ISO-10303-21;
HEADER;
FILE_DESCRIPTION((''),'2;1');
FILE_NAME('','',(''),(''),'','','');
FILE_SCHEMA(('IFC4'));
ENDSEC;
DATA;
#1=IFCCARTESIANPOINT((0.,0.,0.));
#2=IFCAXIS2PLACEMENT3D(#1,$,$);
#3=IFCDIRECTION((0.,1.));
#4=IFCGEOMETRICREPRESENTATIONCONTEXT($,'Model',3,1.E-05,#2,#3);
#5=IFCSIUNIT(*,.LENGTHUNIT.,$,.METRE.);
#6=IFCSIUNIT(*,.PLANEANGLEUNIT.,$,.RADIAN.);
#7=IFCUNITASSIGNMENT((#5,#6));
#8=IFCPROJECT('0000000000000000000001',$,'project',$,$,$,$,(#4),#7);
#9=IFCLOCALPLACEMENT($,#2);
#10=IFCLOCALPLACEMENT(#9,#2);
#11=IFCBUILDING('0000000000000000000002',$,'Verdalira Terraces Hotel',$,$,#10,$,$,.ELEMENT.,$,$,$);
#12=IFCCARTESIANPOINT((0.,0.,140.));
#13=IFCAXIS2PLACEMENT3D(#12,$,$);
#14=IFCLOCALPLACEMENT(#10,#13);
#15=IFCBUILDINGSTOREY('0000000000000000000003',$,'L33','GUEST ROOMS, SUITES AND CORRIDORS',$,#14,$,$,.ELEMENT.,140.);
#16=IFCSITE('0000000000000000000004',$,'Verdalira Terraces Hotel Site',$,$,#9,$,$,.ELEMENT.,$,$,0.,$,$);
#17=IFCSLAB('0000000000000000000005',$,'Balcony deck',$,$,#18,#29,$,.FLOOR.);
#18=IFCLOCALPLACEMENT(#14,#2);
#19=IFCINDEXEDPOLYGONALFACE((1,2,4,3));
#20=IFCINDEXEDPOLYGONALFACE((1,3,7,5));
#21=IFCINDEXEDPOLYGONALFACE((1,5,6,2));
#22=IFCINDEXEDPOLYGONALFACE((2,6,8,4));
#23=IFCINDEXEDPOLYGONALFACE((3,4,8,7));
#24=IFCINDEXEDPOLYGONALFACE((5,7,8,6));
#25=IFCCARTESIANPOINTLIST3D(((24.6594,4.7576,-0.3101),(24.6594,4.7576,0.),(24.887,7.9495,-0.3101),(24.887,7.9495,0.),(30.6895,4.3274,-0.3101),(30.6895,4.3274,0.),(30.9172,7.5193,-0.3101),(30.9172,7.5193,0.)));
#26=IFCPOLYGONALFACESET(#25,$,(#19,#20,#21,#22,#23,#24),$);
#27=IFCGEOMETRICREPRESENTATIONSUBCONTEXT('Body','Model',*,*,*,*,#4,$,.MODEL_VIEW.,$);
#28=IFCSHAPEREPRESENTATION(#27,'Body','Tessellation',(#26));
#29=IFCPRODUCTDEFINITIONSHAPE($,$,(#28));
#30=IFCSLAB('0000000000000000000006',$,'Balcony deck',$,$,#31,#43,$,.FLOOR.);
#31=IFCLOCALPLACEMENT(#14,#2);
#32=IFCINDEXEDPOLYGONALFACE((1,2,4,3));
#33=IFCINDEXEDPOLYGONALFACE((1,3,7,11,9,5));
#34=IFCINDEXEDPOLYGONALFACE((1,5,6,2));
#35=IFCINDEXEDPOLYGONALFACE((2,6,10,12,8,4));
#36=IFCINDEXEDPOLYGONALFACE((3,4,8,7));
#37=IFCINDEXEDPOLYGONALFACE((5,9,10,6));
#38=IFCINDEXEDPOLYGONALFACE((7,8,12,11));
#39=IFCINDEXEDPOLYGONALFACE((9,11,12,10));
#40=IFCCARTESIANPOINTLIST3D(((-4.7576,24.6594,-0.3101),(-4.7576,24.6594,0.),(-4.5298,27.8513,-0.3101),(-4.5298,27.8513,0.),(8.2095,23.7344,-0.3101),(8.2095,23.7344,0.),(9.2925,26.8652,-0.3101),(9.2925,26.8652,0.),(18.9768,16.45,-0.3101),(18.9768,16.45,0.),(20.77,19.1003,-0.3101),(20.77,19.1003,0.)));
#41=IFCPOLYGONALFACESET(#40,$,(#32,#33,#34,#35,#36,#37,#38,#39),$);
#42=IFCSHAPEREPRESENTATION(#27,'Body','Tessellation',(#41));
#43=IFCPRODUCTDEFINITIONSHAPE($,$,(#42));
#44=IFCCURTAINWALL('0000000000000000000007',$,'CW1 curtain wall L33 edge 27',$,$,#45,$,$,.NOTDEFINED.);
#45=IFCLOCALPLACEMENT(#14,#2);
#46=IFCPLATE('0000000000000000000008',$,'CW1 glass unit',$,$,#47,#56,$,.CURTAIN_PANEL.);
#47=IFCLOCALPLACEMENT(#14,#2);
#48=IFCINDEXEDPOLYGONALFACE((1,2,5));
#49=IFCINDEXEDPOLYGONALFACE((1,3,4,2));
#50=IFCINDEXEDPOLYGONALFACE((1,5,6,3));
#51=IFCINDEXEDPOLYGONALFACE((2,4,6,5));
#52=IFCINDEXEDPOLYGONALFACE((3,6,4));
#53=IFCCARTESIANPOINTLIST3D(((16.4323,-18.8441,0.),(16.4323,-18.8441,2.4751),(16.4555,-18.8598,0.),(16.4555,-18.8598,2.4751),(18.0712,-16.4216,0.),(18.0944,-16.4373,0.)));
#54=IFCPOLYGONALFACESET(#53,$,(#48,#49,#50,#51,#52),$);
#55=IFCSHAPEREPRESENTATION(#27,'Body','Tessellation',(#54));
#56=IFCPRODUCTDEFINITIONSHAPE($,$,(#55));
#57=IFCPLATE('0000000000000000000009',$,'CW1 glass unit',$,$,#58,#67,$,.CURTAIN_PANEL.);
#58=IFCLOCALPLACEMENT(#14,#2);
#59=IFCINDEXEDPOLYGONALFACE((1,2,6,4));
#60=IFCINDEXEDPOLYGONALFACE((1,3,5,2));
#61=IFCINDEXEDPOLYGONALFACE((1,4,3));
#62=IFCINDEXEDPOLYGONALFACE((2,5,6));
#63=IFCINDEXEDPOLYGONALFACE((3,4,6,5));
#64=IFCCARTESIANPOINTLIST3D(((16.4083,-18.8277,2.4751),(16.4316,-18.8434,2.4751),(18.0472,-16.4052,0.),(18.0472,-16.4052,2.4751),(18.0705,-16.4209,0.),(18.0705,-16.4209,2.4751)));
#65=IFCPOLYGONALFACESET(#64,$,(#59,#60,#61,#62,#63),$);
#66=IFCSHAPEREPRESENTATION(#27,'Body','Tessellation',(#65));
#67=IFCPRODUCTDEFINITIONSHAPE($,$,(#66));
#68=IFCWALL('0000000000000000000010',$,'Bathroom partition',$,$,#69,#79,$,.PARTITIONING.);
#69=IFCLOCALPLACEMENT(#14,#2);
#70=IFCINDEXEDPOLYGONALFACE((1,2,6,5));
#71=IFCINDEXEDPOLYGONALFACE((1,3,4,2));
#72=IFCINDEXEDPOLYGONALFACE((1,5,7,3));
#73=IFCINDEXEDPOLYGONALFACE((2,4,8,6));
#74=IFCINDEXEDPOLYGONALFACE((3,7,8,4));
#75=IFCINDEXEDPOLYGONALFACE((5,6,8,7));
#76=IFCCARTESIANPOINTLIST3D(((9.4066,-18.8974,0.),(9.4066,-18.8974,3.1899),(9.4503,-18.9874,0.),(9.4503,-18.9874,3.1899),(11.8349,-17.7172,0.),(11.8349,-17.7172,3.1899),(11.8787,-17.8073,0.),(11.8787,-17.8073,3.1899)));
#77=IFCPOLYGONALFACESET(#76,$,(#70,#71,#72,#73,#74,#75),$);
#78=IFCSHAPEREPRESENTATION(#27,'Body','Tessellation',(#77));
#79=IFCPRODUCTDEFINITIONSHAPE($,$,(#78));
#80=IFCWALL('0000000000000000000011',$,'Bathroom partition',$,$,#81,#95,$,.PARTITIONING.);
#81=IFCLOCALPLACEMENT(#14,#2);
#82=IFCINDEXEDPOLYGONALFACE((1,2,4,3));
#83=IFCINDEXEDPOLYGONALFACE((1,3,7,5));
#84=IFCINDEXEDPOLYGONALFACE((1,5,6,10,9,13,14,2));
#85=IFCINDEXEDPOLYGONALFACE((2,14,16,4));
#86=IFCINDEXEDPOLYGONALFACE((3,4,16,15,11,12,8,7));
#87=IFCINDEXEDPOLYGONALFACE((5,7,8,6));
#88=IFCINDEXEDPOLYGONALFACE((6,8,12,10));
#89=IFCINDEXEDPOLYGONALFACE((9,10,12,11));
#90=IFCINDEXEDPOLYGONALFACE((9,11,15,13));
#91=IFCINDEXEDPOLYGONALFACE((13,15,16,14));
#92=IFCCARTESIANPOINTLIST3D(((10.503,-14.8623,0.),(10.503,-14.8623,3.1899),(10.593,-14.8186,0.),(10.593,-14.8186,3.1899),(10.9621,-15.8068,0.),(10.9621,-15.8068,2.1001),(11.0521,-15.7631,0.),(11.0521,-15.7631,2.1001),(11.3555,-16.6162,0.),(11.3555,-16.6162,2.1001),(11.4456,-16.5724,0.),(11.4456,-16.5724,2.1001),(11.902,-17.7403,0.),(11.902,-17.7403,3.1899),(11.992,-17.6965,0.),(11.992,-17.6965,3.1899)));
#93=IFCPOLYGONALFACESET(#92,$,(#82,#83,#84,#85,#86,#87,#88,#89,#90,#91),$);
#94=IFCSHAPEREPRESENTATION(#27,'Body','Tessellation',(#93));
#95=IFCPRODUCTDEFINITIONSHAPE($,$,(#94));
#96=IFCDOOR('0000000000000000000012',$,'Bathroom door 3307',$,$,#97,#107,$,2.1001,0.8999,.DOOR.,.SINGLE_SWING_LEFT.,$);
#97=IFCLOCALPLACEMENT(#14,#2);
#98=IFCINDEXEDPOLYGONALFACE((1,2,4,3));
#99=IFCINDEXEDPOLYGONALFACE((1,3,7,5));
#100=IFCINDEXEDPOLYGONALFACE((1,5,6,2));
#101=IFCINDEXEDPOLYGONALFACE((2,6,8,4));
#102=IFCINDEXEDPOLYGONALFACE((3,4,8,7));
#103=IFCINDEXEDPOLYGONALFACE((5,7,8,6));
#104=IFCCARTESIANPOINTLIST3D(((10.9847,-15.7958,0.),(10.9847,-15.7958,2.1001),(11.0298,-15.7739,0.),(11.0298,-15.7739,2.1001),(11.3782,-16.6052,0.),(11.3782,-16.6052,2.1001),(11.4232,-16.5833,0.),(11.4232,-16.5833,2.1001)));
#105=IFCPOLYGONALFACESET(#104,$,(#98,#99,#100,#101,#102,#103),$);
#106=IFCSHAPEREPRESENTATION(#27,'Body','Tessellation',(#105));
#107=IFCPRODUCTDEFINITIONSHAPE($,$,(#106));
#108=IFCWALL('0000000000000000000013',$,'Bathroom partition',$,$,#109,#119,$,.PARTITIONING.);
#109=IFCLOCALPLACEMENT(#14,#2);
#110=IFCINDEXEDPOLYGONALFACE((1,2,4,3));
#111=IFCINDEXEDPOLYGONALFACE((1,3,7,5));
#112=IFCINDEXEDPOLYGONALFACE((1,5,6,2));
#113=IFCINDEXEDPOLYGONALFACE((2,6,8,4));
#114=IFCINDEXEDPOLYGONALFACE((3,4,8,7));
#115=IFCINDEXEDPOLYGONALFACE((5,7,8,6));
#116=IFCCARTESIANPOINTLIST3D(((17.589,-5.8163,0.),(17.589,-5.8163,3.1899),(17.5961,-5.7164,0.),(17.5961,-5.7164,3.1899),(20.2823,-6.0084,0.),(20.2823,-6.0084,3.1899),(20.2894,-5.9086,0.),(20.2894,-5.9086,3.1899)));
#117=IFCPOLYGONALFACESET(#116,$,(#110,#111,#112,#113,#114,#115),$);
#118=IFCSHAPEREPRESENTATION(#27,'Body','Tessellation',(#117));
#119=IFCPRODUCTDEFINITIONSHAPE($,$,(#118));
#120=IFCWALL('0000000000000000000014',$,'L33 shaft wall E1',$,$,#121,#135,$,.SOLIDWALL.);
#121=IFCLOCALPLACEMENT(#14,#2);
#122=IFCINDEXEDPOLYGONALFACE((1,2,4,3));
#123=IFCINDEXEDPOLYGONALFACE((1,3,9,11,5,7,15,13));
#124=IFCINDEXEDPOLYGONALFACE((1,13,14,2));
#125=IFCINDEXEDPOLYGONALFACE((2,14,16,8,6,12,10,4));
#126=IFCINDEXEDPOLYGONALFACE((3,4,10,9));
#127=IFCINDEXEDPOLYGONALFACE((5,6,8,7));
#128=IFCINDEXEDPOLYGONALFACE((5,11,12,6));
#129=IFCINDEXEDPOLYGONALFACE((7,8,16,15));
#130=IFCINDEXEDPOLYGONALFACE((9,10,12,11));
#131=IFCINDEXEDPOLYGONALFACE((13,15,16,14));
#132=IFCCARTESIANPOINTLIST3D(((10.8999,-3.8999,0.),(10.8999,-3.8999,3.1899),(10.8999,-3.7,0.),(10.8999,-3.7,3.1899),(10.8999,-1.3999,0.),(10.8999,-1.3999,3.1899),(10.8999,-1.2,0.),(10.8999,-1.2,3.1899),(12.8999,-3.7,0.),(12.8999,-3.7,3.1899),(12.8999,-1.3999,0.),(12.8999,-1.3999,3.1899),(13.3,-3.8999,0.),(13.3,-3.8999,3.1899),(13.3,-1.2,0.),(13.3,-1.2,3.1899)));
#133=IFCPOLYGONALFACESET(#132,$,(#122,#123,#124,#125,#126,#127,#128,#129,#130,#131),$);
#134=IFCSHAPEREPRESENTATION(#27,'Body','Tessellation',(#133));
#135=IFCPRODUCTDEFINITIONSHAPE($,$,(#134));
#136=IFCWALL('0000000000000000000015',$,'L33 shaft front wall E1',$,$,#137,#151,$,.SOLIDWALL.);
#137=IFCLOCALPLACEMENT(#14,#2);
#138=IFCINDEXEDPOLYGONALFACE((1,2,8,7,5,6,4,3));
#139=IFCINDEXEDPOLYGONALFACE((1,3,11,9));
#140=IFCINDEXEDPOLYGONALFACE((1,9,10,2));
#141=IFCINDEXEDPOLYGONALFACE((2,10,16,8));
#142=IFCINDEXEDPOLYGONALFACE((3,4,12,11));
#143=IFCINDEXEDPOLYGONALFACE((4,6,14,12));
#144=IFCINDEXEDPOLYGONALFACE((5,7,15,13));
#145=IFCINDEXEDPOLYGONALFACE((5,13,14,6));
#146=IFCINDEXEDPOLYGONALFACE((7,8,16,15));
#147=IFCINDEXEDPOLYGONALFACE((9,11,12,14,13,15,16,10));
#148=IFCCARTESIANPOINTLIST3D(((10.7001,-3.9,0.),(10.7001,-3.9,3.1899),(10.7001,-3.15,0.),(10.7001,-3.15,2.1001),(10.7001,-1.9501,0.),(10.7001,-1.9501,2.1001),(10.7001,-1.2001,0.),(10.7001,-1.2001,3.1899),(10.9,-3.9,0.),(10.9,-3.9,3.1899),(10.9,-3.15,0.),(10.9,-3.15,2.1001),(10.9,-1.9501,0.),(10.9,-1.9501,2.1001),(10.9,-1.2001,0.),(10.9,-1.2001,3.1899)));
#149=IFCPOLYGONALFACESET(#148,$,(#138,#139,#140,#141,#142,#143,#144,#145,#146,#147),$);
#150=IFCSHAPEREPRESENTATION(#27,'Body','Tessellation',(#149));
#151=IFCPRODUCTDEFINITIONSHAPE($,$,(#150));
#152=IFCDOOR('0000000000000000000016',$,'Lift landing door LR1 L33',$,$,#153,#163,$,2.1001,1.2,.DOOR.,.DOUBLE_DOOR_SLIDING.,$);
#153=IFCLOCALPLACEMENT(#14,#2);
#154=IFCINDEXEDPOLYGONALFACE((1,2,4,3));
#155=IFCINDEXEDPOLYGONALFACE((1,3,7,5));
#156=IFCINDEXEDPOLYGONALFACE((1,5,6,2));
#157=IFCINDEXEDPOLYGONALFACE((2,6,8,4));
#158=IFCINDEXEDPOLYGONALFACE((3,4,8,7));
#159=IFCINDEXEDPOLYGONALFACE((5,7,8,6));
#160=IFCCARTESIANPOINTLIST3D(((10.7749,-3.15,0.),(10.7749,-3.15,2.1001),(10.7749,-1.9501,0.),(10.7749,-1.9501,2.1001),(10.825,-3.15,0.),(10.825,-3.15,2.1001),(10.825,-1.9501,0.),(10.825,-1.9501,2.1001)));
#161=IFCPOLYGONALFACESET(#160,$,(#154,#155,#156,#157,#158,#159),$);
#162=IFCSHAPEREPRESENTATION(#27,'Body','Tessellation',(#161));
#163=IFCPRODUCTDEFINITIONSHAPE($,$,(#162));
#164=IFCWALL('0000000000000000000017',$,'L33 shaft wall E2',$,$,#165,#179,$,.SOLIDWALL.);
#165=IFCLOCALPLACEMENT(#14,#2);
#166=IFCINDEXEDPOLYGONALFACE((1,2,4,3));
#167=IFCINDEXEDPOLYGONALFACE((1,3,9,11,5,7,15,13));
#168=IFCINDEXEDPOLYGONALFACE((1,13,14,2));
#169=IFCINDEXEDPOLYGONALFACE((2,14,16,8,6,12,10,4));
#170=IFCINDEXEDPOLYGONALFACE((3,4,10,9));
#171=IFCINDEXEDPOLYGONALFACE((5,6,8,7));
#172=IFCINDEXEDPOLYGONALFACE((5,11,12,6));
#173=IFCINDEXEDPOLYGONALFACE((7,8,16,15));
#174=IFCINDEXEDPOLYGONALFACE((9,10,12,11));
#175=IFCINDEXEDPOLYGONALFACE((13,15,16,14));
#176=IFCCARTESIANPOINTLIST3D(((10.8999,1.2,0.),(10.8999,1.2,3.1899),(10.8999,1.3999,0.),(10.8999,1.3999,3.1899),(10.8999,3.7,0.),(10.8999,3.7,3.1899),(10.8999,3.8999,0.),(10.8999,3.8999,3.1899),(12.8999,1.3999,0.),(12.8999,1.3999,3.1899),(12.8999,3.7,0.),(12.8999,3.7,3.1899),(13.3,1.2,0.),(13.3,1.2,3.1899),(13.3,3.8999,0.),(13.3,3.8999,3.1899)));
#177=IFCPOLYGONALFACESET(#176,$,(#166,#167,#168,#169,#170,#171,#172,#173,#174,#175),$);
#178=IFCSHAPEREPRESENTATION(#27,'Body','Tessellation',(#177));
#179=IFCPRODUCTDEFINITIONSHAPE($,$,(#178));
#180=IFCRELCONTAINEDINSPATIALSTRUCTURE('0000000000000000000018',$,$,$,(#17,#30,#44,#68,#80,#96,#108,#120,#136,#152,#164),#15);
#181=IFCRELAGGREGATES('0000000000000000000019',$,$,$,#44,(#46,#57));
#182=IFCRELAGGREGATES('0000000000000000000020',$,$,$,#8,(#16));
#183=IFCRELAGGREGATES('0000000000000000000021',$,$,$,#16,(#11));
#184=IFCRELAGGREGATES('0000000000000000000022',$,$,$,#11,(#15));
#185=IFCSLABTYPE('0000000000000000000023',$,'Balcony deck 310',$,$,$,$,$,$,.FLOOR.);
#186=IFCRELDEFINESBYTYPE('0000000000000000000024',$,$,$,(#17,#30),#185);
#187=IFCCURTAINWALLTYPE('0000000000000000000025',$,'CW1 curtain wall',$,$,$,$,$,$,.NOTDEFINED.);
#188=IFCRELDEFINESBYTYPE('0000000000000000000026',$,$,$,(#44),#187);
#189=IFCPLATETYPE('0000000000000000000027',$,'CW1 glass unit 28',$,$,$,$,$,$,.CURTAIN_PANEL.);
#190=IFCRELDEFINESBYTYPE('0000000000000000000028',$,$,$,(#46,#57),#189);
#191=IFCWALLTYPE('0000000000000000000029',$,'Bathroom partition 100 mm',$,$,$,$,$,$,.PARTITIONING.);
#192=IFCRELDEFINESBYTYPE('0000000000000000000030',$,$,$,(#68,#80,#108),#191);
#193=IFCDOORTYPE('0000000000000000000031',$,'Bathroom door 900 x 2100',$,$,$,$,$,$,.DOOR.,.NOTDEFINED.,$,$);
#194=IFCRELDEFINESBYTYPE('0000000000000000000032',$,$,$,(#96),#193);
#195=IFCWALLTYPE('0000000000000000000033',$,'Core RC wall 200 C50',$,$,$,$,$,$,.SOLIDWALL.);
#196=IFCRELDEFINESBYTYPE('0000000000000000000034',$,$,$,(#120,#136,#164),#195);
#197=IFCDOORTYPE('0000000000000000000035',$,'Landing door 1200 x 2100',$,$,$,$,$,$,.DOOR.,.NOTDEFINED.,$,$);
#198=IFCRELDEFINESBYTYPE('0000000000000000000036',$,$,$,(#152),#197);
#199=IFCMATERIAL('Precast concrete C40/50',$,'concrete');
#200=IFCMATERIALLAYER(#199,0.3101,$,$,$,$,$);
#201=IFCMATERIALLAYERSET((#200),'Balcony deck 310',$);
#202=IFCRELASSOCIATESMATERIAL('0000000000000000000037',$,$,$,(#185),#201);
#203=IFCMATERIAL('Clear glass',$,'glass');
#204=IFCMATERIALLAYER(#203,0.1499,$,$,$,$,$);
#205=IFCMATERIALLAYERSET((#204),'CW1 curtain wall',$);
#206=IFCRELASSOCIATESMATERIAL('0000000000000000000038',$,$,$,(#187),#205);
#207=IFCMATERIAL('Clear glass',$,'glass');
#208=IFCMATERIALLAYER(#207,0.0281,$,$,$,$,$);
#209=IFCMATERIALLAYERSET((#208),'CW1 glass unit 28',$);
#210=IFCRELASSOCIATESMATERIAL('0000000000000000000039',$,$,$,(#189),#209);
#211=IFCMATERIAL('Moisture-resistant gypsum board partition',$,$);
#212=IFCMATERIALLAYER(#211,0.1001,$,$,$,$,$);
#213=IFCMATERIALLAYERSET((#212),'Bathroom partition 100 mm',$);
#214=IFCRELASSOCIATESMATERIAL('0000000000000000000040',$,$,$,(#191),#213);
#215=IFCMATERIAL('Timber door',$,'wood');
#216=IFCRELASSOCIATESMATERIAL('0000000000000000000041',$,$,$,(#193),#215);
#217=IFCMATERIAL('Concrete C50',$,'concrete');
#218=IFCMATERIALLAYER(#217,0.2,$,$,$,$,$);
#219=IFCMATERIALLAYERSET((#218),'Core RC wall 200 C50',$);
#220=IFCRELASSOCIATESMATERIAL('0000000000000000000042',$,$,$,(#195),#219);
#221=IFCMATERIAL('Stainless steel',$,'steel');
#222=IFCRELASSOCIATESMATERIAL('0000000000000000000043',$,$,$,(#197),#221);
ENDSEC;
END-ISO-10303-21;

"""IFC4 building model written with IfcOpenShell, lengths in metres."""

from ifc_helpers import new_model, si_unit, direction, frame, frame_2d, origin, place, context, subcontext, project, spatial, polyline, rectangle, outline, extrude, material, layer, layer_set, type_object, element, fill, aggregate, save


model = new_model("IFC4")

# Units and contexts
model_context = context("Model", 3, precision=1e-05, world=origin(), true_north=direction((0.0, 1.0)))
body_context = subcontext(model_context, "Body", "Model", "MODEL_VIEW")
ifc_project = project(units=[si_unit("LENGTHUNIT", "METRE"), si_unit("PLANEANGLEUNIT", "RADIAN")], contexts=[model_context])

# Site, building, storey
site_placement = place(None, origin())
site = spatial("IfcSite", under=ifc_project, at=site_placement, Name="Verdalira Terraces Hotel Site", CompositionType="ELEMENT", RefElevation=0.0)
building_placement = place(site_placement, origin())
building = spatial("IfcBuilding", under=site, at=building_placement, Name="Verdalira Terraces Hotel", CompositionType="ELEMENT")
storey_placement = place(building_placement, frame((0.0, 0.0, 140.0)))
storey = spatial("IfcBuildingStorey", under=building, at=storey_placement, Name="L33", Description="GUEST ROOMS, SUITES AND CORRIDORS", CompositionType="ELEMENT", Elevation=140.0)

# Slabs
ifc_material_1 = material(Name="Precast concrete C40/50", Category="concrete")
ifc_layer_1 = layer(ifc_material_1, 0.3101)
ifc_layer_set_1 = layer_set([ifc_layer_1], Name="Balcony deck 310")
slab_type = type_object("IfcSlabType", Name="Balcony deck 310", PredefinedType="FLOOR", material=ifc_layer_set_1)
slab_1_placement = place(storey_placement, frame((0.0, 0.0, -0.3101)))
element("IfcSlab", 1, at=slab_1_placement, inside=storey, type_object=slab_type, Name="Balcony deck", PredefinedType="FLOOR", context=body_context, shape_type="SweptSolid", body=[
    extrude(outline(polyline([(24.887, 7.9495), (24.6594, 4.7576), (30.6895, 4.3274), (30.9172, 7.5193), (24.887, 7.9495)])), origin(), (0.0, 0.0, 1.0), 0.3101),
])
slab_2_placement = place(storey_placement, frame((0.0, 0.0, -0.3101)))
element("IfcSlab", 2, at=slab_2_placement, inside=storey, type_object=slab_type, Name="Balcony deck", PredefinedType="FLOOR", context=body_context, shape_type="SweptSolid", body=[
    extrude(outline(polyline([(-4.5298, 27.8513), (-4.7576, 24.6594), (8.2095, 23.7344), (18.9768, 16.45), (20.77, 19.1003), (9.2925, 26.8652), (-4.5298, 27.8513)])), origin(), (0.0, 0.0, 1.0), 0.3101),
])

# Curtain wall, plates
ifc_material_2 = material(Name="Clear glass", Category="glass")
ifc_layer_2 = layer(ifc_material_2, 0.1499)
ifc_layer_set_2 = layer_set([ifc_layer_2], Name="CW1 curtain wall")
curtain_wall_type = type_object("IfcCurtainWallType", Name="CW1 curtain wall", PredefinedType="NOTDEFINED", material=ifc_layer_set_2)
curtain_wall_placement = place(storey_placement, origin())
curtain_wall = element("IfcCurtainWall", 3, at=curtain_wall_placement, inside=storey, type_object=curtain_wall_type, Name="CW1 curtain wall L33 edge 27", PredefinedType="NOTDEFINED")
ifc_material_3 = material(Name="Clear glass", Category="glass")
ifc_layer_3 = layer(ifc_material_3, 0.0281)
ifc_layer_set_3 = layer_set([ifc_layer_3], Name="CW1 glass unit 28")
plate_type = type_object("IfcPlateType", Name="CW1 glass unit 28", PredefinedType="CURTAIN_PANEL", material=ifc_layer_set_3)
plate_1_placement = place(storey_placement, frame((17.2517, -17.6328, 1.2375), z_axis=(0.828256, -0.56035, 0.0), x_axis=(0.56035, 0.828256, 0.0)))
plate_1 = element("IfcPlate", 4, at=plate_1_placement, type_object=plate_type, Name="CW1 glass unit", PredefinedType="CURTAIN_PANEL", context=body_context, shape_type="SweptSolid", body=[
    extrude(outline(polyline([(-1.4624, -1.2375), (1.4624, -1.2375), (-1.4624, 1.2375), (-1.4624, -1.2375)])), origin(), (0.0, 0.0, 1.0), 0.0281),
])
plate_2_placement = place(storey_placement, frame((17.2278, -17.6165, 1.2375), z_axis=(0.828256, -0.56035, 0.0), x_axis=(0.56035, 0.828256, 0.0)))
plate_2 = element("IfcPlate", 5, at=plate_2_placement, type_object=plate_type, Name="CW1 glass unit", PredefinedType="CURTAIN_PANEL", context=body_context, shape_type="SweptSolid", body=[
    extrude(outline(polyline([(1.4624, -1.2375), (1.4624, 1.2375), (-1.4624, 1.2375), (1.4624, -1.2375)])), origin(), (0.0, 0.0, 1.0), 0.0281),
])
aggregate(curtain_wall, [plate_1, plate_2])

# Wall
ifc_material_4 = material(Name="Moisture-resistant gypsum board partition")
ifc_layer_4 = layer(ifc_material_4, 0.1001)
ifc_layer_set_4 = layer_set([ifc_layer_4], Name="Bathroom partition 100 mm")
wall_type_1 = type_object("IfcWallType", Name="Bathroom partition 100 mm", PredefinedType="PARTITIONING", material=ifc_layer_set_4)
wall_1_placement = place(storey_placement, frame((11.8569, -17.7622, 0.0), z_axis=(0.0, 0.0, 1.0), x_axis=(-0.899416, -0.437094, 0.0)))
element("IfcWall", 6, at=wall_1_placement, inside=storey, type_object=wall_type_1, Name="Bathroom partition", PredefinedType="PARTITIONING", context=body_context, shape_type="SweptSolid", body=[
    extrude(rectangle(XDim=2.7, YDim=0.1001, at=frame_2d((1.3501, 0.0))), origin(), (0.0, 0.0, 1.0), 3.1899),
])

# Wall, opening, door
wall_2_placement = place(storey_placement, frame((11.947, -17.7185, 0.0), z_axis=(0.0, 0.0, 1.0), x_axis=(-0.437176, 0.899376, 0.0)))
wall_2 = element("IfcWall", 7, at=wall_2_placement, inside=storey, type_object=wall_type_1, Name="Bathroom partition", PredefinedType="PARTITIONING", context=body_context, shape_type="SweptSolid", body=[
    extrude(rectangle(XDim=3.2, YDim=0.1001, at=frame_2d((1.6001, 0.0))), origin(), (0.0, 0.0, 1.0), 3.1899),
])
opening_1_placement = place(wall_2_placement, frame((1.25, 0.0, 0.0)))
opening_1 = element("IfcOpeningElement", 8, at=opening_1_placement, cuts=wall_2, PredefinedType="OPENING", context=body_context, shape_type="SweptSolid", body=[
    extrude(rectangle(XDim=0.8999, YDim=2.1001, at=frame_2d((0.45, 1.05))), frame((0.0, 0.0601, 0.0), z_axis=(0.0, -1.0, 0.0), x_axis=(1.0, 0.0, 0.0)), (0.0, 0.0, 1.0), 0.1201),
])
ifc_material_5 = material(Name="Timber door", Category="wood")
door_type_1 = type_object("IfcDoorType", Name="Bathroom door 900 x 2100", OperationType="NOTDEFINED", PredefinedType="DOOR", material=ifc_material_5)
door_1_placement = place(opening_1_placement, origin())
door_1 = element("IfcDoor", 9, at=door_1_placement, inside=storey, type_object=door_type_1, Name="Bathroom door 3307", OperationType="SINGLE_SWING_LEFT", OverallHeight=2.1001, OverallWidth=0.8999, PredefinedType="DOOR", context=body_context, shape_type="SweptSolid", body=[
    extrude(rectangle(XDim=0.8999, YDim=2.1001, at=frame_2d((0.45, 1.05))), frame((0.0, 0.0249, 0.0), z_axis=(0.0, -1.0, 0.0), x_axis=(1.0, 0.0, 0.0)), (0.0, 0.0, 1.0), 0.05),
])
fill(opening_1, door_1)

# Walls
wall_3_placement = place(storey_placement, frame((17.5925, -5.7664, 0.0), z_axis=(0.0, 0.0, 1.0), x_axis=(0.997465, -0.071157, 0.0)))
element("IfcWall", 10, at=wall_3_placement, inside=storey, type_object=wall_type_1, Name="Bathroom partition", PredefinedType="PARTITIONING", context=body_context, shape_type="SweptSolid", body=[
    extrude(rectangle(XDim=2.7002, YDim=0.1001, at=frame_2d((1.3501, 0.0))), origin(), (0.0, 0.0, 1.0), 3.1899),
])
ifc_material_6 = material(Name="Concrete C50", Category="concrete")
ifc_layer_5 = layer(ifc_material_6, 0.2)
ifc_layer_set_5 = layer_set([ifc_layer_5], Name="Core RC wall 200 C50")
wall_type_2 = type_object("IfcWallType", Name="Core RC wall 200 C50", PredefinedType="SOLIDWALL", material=ifc_layer_set_5)
wall_4_placement = place(storey_placement, origin())
element("IfcWall", 11, at=wall_4_placement, inside=storey, type_object=wall_type_2, Name="L33 shaft wall E1", PredefinedType="SOLIDWALL", context=body_context, shape_type="SweptSolid", body=[
    extrude(outline(polyline([(13.3, -3.8999), (10.8999, -3.8999), (10.8999, -3.7), (12.8999, -3.7), (12.8999, -1.3999), (10.8999, -1.3999), (10.8999, -1.2), (13.3, -1.2), (13.3, -3.8999)])), origin(), (0.0, 0.0, 1.0), 3.1899),
])

# Wall, opening, door
wall_5_placement = place(storey_placement, frame((10.8, -1.2, 0.0), z_axis=(0.0, 0.0, 1.0), x_axis=(0.0, -1.0, 0.0)))
wall_5 = element("IfcWall", 12, at=wall_5_placement, inside=storey, type_object=wall_type_2, Name="L33 shaft front wall E1", PredefinedType="SOLIDWALL", context=body_context, shape_type="SweptSolid", body=[
    extrude(rectangle(XDim=2.7, YDim=0.2, at=frame_2d((1.3501, 0.0))), origin(), (0.0, 0.0, 1.0), 3.1899),
])
opening_2_placement = place(wall_5_placement, frame((0.75, 0.0, 0.0)))
opening_2 = element("IfcOpeningElement", 13, at=opening_2_placement, cuts=wall_5, PredefinedType="OPENING", context=body_context, shape_type="SweptSolid", body=[
    extrude(rectangle(XDim=1.2, YDim=2.1001, at=frame_2d((0.6001, 1.05))), frame((0.0, 0.1099, 0.0), z_axis=(0.0, -1.0, 0.0), x_axis=(1.0, 0.0, 0.0)), (0.0, 0.0, 1.0), 0.22),
])
ifc_material_7 = material(Name="Stainless steel", Category="steel")
door_type_2 = type_object("IfcDoorType", Name="Landing door 1200 x 2100", OperationType="NOTDEFINED", PredefinedType="DOOR", material=ifc_material_7)
door_2_placement = place(opening_2_placement, origin())
door_2 = element("IfcDoor", 14, at=door_2_placement, inside=storey, type_object=door_type_2, Name="Lift landing door LR1 L33", OperationType="DOUBLE_DOOR_SLIDING", OverallHeight=2.1001, OverallWidth=1.2, PredefinedType="DOOR", context=body_context, shape_type="SweptSolid", body=[
    extrude(rectangle(XDim=1.2, YDim=2.1001, at=frame_2d((0.6001, 1.05))), frame((0.0, 0.0249, 0.0), z_axis=(0.0, -1.0, 0.0), x_axis=(1.0, 0.0, 0.0)), (0.0, 0.0, 1.0), 0.05),
])
fill(opening_2, door_2)

# Wall
wall_6_placement = place(storey_placement, origin())
element("IfcWall", 15, at=wall_6_placement, inside=storey, type_object=wall_type_2, Name="L33 shaft wall E2", PredefinedType="SOLIDWALL", context=body_context, shape_type="SweptSolid", body=[
    extrude(outline(polyline([(13.3, 3.8999), (13.3, 1.2), (10.8999, 1.2), (10.8999, 1.3999), (12.8999, 1.3999), (12.8999, 3.7), (10.8999, 3.7), (10.8999, 3.8999), (13.3, 3.8999)])), origin(), (0.0, 0.0, 1.0), 3.1899),
])

save(model, "model.ifc")
